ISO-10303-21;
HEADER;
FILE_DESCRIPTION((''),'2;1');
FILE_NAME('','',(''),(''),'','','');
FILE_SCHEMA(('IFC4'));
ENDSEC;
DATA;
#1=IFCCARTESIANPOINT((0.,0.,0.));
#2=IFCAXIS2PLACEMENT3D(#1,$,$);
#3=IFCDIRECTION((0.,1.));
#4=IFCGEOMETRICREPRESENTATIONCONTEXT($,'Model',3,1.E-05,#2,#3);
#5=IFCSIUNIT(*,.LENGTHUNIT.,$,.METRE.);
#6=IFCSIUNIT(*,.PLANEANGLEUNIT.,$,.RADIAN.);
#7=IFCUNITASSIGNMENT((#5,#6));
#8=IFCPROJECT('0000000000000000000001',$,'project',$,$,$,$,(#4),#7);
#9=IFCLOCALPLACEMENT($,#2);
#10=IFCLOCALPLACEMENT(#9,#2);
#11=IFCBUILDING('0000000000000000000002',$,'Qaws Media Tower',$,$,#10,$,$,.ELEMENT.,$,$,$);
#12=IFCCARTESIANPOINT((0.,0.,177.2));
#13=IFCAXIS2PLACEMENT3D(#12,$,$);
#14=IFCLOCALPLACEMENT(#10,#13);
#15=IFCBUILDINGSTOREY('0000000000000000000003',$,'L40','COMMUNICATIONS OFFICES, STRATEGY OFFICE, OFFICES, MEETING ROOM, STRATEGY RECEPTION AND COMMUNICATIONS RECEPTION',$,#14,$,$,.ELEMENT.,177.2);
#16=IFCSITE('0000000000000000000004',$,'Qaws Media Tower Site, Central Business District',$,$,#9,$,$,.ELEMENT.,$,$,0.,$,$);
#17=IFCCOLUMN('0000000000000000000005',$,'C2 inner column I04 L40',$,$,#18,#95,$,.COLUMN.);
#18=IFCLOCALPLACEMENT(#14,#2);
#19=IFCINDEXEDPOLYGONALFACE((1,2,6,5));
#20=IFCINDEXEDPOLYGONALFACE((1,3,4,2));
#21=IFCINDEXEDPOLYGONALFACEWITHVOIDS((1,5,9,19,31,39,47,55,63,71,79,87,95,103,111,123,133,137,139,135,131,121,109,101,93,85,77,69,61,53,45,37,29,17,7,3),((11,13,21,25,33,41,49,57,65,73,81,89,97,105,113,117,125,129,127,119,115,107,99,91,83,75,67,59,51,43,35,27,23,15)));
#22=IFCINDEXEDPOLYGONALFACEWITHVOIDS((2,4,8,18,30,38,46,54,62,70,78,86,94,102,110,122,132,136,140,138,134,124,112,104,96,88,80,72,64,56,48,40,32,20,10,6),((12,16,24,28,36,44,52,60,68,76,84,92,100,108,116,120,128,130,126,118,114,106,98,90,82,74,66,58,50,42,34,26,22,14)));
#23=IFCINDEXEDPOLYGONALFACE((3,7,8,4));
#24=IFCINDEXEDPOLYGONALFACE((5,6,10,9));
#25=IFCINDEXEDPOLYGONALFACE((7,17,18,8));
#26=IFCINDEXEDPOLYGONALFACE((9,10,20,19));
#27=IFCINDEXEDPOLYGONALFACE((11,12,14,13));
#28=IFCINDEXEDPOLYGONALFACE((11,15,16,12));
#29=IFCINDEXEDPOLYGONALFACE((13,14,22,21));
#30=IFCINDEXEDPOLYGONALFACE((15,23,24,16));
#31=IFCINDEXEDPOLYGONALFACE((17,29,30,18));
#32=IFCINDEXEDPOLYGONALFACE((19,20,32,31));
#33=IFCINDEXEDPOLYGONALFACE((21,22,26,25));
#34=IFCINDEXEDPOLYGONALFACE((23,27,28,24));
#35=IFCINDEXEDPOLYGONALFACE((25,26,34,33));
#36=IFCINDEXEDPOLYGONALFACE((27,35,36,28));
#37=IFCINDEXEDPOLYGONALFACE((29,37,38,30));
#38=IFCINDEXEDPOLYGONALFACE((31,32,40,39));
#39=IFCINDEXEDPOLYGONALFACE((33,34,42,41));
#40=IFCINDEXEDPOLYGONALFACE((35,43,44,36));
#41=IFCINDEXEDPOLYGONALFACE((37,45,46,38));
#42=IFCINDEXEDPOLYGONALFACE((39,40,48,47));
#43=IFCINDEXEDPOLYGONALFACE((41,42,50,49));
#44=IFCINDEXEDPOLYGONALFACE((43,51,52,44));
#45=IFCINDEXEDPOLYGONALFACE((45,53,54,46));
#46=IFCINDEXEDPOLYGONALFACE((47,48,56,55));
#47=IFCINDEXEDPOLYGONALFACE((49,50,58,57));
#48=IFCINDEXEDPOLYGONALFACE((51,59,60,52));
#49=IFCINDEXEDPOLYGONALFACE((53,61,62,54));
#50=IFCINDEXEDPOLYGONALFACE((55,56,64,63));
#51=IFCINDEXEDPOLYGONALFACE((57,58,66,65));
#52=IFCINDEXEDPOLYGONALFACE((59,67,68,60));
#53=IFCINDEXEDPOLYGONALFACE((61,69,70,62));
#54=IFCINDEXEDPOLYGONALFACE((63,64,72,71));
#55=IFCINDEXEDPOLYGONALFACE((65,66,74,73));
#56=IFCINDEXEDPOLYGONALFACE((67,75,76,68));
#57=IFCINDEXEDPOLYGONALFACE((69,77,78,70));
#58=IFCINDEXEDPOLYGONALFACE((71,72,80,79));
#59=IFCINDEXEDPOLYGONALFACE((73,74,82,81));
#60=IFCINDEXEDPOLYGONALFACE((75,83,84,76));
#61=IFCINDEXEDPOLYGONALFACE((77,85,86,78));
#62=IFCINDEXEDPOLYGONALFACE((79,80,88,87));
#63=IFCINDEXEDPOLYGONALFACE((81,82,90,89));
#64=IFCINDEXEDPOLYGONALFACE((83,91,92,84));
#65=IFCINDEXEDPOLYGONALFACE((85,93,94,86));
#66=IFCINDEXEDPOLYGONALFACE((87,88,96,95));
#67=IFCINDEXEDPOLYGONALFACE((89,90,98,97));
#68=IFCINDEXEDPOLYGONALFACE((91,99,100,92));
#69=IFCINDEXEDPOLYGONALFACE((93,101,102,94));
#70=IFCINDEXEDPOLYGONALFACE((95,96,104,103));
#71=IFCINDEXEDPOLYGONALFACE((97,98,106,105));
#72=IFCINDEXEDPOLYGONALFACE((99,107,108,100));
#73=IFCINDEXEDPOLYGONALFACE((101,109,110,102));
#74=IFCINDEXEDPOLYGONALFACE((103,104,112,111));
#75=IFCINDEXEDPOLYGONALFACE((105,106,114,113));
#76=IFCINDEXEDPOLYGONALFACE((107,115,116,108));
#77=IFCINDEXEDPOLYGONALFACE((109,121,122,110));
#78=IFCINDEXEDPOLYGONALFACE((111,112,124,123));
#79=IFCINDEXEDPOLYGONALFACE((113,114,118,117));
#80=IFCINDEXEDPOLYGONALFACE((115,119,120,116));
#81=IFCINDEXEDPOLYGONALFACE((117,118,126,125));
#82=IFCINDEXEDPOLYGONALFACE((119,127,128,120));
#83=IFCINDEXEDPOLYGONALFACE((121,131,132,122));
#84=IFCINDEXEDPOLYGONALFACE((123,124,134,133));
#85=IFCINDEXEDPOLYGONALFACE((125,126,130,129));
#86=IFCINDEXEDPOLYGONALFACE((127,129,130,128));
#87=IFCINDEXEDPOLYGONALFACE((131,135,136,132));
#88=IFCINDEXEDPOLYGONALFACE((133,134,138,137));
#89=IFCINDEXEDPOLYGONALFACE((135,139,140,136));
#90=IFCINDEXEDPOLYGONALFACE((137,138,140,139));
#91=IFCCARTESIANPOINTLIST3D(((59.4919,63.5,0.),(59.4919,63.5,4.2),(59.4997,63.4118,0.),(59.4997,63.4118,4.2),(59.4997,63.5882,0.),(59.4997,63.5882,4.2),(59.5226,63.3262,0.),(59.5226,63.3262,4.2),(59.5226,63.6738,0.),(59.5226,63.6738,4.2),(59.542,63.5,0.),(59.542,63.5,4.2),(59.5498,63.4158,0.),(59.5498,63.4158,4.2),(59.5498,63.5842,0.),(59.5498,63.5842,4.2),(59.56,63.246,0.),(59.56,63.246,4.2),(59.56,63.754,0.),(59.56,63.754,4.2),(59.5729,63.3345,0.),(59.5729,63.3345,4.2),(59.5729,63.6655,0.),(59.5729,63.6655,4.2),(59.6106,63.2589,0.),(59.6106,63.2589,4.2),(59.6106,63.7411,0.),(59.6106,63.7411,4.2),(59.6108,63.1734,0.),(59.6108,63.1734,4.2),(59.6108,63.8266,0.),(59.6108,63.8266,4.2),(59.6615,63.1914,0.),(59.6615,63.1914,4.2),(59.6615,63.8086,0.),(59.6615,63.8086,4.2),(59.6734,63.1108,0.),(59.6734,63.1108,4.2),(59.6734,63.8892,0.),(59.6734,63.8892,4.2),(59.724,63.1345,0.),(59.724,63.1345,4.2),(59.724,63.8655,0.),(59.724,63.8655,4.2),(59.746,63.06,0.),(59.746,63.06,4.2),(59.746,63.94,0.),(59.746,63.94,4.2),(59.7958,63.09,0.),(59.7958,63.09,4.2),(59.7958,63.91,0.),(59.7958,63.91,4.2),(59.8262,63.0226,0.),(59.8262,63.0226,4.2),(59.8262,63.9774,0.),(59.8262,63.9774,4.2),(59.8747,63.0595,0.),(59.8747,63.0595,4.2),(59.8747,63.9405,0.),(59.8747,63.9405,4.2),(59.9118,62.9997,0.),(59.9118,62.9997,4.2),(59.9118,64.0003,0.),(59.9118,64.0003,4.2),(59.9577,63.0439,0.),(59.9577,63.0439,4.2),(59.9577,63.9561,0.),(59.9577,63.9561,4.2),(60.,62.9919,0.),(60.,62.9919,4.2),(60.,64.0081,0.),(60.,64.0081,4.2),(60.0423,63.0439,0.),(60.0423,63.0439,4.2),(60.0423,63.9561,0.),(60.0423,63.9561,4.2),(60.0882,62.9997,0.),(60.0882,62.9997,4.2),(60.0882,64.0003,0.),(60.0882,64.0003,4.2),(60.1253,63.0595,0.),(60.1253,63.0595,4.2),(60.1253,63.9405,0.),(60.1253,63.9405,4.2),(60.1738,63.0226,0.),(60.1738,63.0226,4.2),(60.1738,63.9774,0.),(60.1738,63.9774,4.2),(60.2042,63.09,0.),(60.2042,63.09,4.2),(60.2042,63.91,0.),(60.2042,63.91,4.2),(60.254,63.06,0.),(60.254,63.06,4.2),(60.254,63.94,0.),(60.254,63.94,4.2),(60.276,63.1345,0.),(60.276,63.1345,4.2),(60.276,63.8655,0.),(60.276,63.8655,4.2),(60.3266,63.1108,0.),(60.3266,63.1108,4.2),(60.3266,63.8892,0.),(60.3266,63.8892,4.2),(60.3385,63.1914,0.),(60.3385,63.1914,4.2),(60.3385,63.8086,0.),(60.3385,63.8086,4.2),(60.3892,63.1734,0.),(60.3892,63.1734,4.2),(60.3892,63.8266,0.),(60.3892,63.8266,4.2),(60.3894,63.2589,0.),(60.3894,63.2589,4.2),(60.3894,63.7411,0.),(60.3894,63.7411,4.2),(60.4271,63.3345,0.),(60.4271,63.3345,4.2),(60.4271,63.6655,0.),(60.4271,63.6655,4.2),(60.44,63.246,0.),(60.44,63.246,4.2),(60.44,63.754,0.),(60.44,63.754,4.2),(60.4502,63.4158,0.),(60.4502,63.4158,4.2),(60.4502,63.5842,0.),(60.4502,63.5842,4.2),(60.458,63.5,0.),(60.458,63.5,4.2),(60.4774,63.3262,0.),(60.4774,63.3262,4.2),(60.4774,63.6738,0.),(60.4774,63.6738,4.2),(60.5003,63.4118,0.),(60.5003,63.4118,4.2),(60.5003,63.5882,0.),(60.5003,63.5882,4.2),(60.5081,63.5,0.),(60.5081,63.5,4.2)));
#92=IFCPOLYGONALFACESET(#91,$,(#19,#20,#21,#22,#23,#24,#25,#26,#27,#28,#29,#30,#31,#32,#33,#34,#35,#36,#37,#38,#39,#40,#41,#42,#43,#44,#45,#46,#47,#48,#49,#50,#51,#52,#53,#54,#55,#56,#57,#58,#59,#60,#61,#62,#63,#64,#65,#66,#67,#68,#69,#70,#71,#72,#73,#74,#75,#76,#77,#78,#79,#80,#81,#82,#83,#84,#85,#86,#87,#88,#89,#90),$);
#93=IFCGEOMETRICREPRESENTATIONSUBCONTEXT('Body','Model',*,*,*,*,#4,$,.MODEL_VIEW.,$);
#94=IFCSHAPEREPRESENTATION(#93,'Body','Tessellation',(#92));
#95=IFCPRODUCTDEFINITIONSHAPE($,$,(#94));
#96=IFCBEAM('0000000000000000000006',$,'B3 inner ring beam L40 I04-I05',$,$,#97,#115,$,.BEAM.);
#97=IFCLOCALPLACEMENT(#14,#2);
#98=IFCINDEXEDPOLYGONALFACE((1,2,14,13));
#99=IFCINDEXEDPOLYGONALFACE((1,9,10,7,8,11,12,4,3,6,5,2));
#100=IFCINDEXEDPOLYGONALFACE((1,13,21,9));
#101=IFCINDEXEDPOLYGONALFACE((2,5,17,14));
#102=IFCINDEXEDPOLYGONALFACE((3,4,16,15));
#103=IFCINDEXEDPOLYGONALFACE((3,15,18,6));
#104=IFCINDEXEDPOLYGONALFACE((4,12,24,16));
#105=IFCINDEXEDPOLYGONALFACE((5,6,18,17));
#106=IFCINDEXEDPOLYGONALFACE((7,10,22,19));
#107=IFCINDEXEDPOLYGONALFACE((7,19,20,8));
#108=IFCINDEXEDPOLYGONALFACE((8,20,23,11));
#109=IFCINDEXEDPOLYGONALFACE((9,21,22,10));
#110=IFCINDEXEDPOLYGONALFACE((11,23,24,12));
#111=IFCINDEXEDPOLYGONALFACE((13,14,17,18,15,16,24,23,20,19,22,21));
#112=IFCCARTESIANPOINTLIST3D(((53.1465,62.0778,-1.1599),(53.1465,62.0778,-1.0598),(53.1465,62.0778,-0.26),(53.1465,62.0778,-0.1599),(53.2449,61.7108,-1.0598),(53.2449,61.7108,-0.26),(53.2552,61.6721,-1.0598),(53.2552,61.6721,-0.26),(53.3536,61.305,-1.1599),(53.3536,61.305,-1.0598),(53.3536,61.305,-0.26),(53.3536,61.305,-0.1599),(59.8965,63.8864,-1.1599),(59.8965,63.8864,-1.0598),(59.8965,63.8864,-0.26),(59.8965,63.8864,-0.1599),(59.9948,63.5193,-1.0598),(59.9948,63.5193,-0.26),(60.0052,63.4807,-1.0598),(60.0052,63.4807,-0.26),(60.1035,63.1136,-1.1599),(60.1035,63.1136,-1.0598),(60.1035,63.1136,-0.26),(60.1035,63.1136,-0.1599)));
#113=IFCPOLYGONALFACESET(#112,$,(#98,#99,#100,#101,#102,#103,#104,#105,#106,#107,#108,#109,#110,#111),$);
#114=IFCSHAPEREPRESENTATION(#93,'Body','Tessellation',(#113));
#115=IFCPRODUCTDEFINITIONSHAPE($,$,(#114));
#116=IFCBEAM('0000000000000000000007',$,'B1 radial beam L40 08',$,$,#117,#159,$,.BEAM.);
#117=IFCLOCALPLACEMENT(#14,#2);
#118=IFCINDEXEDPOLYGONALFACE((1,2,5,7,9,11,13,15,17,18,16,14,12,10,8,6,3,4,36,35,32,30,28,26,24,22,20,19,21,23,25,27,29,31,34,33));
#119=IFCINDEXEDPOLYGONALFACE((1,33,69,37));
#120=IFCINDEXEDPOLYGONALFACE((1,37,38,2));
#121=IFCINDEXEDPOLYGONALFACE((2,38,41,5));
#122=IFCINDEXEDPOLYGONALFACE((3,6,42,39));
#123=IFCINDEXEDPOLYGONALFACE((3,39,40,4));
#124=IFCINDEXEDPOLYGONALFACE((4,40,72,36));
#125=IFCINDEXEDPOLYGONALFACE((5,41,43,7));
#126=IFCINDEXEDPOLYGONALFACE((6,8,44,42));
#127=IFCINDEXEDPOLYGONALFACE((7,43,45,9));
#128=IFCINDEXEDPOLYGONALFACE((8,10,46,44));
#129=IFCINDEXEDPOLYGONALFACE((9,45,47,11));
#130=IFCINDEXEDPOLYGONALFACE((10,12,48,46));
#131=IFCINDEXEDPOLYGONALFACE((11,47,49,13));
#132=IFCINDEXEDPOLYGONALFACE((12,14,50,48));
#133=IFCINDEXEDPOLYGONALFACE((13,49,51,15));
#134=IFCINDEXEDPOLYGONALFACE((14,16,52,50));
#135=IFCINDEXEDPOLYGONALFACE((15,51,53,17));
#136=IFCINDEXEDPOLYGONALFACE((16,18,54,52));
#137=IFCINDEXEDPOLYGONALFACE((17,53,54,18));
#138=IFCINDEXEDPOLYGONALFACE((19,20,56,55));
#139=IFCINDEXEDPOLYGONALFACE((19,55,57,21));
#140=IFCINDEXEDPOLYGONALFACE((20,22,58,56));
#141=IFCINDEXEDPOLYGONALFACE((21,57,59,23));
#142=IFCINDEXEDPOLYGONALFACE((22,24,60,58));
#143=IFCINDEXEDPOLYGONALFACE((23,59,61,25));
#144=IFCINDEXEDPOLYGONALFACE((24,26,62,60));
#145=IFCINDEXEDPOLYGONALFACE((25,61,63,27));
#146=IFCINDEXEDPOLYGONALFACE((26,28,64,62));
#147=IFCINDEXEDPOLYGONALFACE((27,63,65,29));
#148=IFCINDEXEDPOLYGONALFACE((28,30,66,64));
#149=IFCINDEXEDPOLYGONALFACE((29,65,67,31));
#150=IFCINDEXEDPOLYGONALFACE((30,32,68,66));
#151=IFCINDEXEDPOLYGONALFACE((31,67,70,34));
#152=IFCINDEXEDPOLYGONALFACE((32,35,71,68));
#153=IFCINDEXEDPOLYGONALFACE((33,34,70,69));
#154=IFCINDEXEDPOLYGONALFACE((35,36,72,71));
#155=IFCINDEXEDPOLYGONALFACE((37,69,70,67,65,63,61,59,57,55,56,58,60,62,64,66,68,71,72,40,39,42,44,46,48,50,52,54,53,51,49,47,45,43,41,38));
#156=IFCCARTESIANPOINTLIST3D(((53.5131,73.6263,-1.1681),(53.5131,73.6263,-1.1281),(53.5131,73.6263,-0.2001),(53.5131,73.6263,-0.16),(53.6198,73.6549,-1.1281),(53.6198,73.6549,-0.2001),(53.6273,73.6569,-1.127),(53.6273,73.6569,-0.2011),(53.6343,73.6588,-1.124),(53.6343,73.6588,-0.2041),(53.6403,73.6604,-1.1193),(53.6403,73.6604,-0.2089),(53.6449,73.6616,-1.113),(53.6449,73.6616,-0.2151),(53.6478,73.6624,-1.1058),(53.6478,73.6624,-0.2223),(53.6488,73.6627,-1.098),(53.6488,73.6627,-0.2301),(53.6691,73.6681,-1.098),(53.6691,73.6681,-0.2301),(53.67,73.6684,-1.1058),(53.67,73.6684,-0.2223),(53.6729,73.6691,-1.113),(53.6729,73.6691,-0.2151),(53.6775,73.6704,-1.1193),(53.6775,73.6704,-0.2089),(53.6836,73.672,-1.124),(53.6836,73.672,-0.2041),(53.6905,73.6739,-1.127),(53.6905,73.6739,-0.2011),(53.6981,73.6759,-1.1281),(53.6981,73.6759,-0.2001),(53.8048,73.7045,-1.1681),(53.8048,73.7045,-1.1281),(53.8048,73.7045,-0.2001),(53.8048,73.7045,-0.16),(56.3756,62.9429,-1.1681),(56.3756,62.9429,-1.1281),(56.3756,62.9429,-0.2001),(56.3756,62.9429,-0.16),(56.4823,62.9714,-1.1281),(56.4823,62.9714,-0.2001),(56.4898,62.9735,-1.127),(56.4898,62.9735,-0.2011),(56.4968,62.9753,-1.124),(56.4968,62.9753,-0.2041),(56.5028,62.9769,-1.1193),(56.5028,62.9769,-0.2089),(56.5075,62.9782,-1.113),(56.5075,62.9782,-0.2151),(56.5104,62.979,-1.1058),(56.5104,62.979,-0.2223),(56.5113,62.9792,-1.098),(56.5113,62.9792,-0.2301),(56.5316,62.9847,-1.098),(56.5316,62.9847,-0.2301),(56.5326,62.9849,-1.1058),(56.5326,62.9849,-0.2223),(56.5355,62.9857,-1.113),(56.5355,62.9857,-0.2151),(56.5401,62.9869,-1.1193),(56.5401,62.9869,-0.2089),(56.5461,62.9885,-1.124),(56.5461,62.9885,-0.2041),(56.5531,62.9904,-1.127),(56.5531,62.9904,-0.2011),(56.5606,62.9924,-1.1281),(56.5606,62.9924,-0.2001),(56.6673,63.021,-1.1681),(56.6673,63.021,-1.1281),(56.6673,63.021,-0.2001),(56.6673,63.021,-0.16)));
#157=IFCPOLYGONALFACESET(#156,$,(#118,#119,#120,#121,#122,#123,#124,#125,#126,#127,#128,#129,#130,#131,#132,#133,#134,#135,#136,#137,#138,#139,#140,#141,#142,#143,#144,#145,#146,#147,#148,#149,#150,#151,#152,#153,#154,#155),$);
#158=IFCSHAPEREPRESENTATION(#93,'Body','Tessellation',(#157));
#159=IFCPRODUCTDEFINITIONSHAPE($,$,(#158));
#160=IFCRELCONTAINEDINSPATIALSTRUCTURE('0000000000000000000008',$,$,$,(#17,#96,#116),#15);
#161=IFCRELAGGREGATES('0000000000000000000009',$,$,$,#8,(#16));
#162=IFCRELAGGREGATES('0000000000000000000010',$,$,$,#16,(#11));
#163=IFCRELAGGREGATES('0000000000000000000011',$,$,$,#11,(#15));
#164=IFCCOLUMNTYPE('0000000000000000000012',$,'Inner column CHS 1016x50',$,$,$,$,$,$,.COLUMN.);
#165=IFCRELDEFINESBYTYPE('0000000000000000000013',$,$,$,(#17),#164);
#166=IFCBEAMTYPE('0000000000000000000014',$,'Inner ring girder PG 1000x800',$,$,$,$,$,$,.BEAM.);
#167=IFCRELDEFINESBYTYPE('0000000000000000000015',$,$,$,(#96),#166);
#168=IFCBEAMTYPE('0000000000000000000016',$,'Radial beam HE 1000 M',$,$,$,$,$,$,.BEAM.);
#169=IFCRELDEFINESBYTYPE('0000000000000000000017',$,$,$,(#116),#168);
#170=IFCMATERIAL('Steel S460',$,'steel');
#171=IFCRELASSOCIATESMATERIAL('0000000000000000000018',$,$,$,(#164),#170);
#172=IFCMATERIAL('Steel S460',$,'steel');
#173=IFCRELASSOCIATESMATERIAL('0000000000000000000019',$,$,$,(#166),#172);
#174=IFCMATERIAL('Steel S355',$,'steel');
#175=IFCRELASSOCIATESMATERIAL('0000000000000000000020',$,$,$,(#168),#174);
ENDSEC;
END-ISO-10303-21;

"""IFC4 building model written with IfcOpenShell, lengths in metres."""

from ifc_helpers import new_model, si_unit, direction, frame, origin, origin_2d, place, context, subcontext, project, spatial, hollow_circle, i_section, extrude, material, material_profile, profile_set, type_object, element, save


model = new_model("IFC4")

# Units and contexts
model_context = context("Model", 3, precision=1e-05, world=origin(), true_north=direction((0.0, 1.0)))
body_context = subcontext(model_context, "Body", "Model", "MODEL_VIEW")
ifc_project = project(units=[si_unit("LENGTHUNIT", "METRE"), si_unit("PLANEANGLEUNIT", "RADIAN")], contexts=[model_context])

# Site, building, storey
site_placement = place(None, origin())
site = spatial("IfcSite", under=ifc_project, at=site_placement, Name="Qaws Media Tower Site, Central Business District", CompositionType="ELEMENT", RefElevation=0.0)
building_placement = place(site_placement, origin())
building = spatial("IfcBuilding", under=site, at=building_placement, Name="Qaws Media Tower", CompositionType="ELEMENT")
storey_placement = place(building_placement, frame((0.0, 0.0, 177.2)))
storey = spatial("IfcBuildingStorey", under=building, at=storey_placement, Name="L40", Description="COMMUNICATIONS OFFICES, STRATEGY OFFICE, OFFICES, MEETING ROOM, STRATEGY RECEPTION AND COMMUNICATIONS RECEPTION", CompositionType="ELEMENT", Elevation=177.2)

# Column
ifc_material_1 = material(Name="Steel S460", Category="steel")
ifc_material_profile_1 = material_profile(ifc_material_1, hollow_circle(Radius=0.5081, WallThickness=0.05, at=origin_2d()), Name="CHS 1016x50")
ifc_profile_set_1 = profile_set([ifc_material_profile_1], Name="Steel S460")
column_type = type_object("IfcColumnType", Name="Inner column CHS 1016x50", PredefinedType="COLUMN", material=ifc_profile_set_1)
column_placement = place(storey_placement, frame((60.0, 63.5, 0.0), z_axis=(0.0, 0.0, 1.0), x_axis=(1.0, 0.0, 0.0)))
element("IfcColumn", 1, at=column_placement, inside=storey, type_object=column_type, Name="C2 inner column I04 L40", PredefinedType="COLUMN", context=body_context, shape_type="SweptSolid", body=[
    extrude(hollow_circle(Radius=0.5081, WallThickness=0.05, at=origin_2d()), origin(), (0.0, 0.0, 1.0), 4.2),
])

# Beams
ifc_material_2 = material(Name="Steel S460", Category="steel")
ifc_material_profile_2 = material_profile(ifc_material_2, i_section(OverallWidth=0.8, OverallDepth=1.0, WebThickness=0.04, FlangeThickness=0.1001, at=origin_2d()), Name="PG 1000x800")
ifc_profile_set_2 = profile_set([ifc_material_profile_2], Name="Steel S460")
beam_type_1 = type_object("IfcBeamType", Name="Inner ring girder PG 1000x800", PredefinedType="BEAM", material=ifc_profile_set_2)
beam_1_placement = place(storey_placement, frame((60.0, 63.5, -0.6599), z_axis=(-0.965928, -0.258811, 0.0), x_axis=(0.258811, -0.965928, 0.0)))
element("IfcBeam", 2, at=beam_1_placement, inside=storey, type_object=beam_type_1, Name="B3 inner ring beam L40 I04-I05", PredefinedType="BEAM", context=body_context, shape_type="SweptSolid", body=[
    extrude(i_section(OverallWidth=0.8, OverallDepth=1.0, WebThickness=0.04, FlangeThickness=0.1001, at=origin_2d()), origin(), (0.0, 0.0, 1.0), 6.988),
])
ifc_material_3 = material(Name="Steel S355", Category="steel")
ifc_material_profile_3 = material_profile(ifc_material_3, i_section(OverallWidth=0.302, OverallDepth=1.0081, WebThickness=0.021, FlangeThickness=0.04, FilletRadius=0.03, at=origin_2d()), Name="HE 1000 M")
ifc_profile_set_3 = profile_set([ifc_material_profile_3], Name="Steel S355")
beam_type_2 = type_object("IfcBeamType", Name="Radial beam HE 1000 M", PredefinedType="BEAM", material=ifc_profile_set_3)
beam_2_placement = place(storey_placement, frame((56.5215, 62.9819, -0.6641), z_axis=(-0.258815, 0.965927, 0.0), x_axis=(-0.965927, -0.258815, 0.0)))
element("IfcBeam", 3, at=beam_2_placement, inside=storey, type_object=beam_type_2, Name="B1 radial beam L40 08", PredefinedType="BEAM", context=body_context, shape_type="SweptSolid", body=[
    extrude(i_section(OverallWidth=0.302, OverallDepth=1.0081, WebThickness=0.021, FlangeThickness=0.04, FilletRadius=0.03, at=origin_2d()), origin(), (0.0, 0.0, 1.0), 11.0603),
])

save(model, "model.ifc")
